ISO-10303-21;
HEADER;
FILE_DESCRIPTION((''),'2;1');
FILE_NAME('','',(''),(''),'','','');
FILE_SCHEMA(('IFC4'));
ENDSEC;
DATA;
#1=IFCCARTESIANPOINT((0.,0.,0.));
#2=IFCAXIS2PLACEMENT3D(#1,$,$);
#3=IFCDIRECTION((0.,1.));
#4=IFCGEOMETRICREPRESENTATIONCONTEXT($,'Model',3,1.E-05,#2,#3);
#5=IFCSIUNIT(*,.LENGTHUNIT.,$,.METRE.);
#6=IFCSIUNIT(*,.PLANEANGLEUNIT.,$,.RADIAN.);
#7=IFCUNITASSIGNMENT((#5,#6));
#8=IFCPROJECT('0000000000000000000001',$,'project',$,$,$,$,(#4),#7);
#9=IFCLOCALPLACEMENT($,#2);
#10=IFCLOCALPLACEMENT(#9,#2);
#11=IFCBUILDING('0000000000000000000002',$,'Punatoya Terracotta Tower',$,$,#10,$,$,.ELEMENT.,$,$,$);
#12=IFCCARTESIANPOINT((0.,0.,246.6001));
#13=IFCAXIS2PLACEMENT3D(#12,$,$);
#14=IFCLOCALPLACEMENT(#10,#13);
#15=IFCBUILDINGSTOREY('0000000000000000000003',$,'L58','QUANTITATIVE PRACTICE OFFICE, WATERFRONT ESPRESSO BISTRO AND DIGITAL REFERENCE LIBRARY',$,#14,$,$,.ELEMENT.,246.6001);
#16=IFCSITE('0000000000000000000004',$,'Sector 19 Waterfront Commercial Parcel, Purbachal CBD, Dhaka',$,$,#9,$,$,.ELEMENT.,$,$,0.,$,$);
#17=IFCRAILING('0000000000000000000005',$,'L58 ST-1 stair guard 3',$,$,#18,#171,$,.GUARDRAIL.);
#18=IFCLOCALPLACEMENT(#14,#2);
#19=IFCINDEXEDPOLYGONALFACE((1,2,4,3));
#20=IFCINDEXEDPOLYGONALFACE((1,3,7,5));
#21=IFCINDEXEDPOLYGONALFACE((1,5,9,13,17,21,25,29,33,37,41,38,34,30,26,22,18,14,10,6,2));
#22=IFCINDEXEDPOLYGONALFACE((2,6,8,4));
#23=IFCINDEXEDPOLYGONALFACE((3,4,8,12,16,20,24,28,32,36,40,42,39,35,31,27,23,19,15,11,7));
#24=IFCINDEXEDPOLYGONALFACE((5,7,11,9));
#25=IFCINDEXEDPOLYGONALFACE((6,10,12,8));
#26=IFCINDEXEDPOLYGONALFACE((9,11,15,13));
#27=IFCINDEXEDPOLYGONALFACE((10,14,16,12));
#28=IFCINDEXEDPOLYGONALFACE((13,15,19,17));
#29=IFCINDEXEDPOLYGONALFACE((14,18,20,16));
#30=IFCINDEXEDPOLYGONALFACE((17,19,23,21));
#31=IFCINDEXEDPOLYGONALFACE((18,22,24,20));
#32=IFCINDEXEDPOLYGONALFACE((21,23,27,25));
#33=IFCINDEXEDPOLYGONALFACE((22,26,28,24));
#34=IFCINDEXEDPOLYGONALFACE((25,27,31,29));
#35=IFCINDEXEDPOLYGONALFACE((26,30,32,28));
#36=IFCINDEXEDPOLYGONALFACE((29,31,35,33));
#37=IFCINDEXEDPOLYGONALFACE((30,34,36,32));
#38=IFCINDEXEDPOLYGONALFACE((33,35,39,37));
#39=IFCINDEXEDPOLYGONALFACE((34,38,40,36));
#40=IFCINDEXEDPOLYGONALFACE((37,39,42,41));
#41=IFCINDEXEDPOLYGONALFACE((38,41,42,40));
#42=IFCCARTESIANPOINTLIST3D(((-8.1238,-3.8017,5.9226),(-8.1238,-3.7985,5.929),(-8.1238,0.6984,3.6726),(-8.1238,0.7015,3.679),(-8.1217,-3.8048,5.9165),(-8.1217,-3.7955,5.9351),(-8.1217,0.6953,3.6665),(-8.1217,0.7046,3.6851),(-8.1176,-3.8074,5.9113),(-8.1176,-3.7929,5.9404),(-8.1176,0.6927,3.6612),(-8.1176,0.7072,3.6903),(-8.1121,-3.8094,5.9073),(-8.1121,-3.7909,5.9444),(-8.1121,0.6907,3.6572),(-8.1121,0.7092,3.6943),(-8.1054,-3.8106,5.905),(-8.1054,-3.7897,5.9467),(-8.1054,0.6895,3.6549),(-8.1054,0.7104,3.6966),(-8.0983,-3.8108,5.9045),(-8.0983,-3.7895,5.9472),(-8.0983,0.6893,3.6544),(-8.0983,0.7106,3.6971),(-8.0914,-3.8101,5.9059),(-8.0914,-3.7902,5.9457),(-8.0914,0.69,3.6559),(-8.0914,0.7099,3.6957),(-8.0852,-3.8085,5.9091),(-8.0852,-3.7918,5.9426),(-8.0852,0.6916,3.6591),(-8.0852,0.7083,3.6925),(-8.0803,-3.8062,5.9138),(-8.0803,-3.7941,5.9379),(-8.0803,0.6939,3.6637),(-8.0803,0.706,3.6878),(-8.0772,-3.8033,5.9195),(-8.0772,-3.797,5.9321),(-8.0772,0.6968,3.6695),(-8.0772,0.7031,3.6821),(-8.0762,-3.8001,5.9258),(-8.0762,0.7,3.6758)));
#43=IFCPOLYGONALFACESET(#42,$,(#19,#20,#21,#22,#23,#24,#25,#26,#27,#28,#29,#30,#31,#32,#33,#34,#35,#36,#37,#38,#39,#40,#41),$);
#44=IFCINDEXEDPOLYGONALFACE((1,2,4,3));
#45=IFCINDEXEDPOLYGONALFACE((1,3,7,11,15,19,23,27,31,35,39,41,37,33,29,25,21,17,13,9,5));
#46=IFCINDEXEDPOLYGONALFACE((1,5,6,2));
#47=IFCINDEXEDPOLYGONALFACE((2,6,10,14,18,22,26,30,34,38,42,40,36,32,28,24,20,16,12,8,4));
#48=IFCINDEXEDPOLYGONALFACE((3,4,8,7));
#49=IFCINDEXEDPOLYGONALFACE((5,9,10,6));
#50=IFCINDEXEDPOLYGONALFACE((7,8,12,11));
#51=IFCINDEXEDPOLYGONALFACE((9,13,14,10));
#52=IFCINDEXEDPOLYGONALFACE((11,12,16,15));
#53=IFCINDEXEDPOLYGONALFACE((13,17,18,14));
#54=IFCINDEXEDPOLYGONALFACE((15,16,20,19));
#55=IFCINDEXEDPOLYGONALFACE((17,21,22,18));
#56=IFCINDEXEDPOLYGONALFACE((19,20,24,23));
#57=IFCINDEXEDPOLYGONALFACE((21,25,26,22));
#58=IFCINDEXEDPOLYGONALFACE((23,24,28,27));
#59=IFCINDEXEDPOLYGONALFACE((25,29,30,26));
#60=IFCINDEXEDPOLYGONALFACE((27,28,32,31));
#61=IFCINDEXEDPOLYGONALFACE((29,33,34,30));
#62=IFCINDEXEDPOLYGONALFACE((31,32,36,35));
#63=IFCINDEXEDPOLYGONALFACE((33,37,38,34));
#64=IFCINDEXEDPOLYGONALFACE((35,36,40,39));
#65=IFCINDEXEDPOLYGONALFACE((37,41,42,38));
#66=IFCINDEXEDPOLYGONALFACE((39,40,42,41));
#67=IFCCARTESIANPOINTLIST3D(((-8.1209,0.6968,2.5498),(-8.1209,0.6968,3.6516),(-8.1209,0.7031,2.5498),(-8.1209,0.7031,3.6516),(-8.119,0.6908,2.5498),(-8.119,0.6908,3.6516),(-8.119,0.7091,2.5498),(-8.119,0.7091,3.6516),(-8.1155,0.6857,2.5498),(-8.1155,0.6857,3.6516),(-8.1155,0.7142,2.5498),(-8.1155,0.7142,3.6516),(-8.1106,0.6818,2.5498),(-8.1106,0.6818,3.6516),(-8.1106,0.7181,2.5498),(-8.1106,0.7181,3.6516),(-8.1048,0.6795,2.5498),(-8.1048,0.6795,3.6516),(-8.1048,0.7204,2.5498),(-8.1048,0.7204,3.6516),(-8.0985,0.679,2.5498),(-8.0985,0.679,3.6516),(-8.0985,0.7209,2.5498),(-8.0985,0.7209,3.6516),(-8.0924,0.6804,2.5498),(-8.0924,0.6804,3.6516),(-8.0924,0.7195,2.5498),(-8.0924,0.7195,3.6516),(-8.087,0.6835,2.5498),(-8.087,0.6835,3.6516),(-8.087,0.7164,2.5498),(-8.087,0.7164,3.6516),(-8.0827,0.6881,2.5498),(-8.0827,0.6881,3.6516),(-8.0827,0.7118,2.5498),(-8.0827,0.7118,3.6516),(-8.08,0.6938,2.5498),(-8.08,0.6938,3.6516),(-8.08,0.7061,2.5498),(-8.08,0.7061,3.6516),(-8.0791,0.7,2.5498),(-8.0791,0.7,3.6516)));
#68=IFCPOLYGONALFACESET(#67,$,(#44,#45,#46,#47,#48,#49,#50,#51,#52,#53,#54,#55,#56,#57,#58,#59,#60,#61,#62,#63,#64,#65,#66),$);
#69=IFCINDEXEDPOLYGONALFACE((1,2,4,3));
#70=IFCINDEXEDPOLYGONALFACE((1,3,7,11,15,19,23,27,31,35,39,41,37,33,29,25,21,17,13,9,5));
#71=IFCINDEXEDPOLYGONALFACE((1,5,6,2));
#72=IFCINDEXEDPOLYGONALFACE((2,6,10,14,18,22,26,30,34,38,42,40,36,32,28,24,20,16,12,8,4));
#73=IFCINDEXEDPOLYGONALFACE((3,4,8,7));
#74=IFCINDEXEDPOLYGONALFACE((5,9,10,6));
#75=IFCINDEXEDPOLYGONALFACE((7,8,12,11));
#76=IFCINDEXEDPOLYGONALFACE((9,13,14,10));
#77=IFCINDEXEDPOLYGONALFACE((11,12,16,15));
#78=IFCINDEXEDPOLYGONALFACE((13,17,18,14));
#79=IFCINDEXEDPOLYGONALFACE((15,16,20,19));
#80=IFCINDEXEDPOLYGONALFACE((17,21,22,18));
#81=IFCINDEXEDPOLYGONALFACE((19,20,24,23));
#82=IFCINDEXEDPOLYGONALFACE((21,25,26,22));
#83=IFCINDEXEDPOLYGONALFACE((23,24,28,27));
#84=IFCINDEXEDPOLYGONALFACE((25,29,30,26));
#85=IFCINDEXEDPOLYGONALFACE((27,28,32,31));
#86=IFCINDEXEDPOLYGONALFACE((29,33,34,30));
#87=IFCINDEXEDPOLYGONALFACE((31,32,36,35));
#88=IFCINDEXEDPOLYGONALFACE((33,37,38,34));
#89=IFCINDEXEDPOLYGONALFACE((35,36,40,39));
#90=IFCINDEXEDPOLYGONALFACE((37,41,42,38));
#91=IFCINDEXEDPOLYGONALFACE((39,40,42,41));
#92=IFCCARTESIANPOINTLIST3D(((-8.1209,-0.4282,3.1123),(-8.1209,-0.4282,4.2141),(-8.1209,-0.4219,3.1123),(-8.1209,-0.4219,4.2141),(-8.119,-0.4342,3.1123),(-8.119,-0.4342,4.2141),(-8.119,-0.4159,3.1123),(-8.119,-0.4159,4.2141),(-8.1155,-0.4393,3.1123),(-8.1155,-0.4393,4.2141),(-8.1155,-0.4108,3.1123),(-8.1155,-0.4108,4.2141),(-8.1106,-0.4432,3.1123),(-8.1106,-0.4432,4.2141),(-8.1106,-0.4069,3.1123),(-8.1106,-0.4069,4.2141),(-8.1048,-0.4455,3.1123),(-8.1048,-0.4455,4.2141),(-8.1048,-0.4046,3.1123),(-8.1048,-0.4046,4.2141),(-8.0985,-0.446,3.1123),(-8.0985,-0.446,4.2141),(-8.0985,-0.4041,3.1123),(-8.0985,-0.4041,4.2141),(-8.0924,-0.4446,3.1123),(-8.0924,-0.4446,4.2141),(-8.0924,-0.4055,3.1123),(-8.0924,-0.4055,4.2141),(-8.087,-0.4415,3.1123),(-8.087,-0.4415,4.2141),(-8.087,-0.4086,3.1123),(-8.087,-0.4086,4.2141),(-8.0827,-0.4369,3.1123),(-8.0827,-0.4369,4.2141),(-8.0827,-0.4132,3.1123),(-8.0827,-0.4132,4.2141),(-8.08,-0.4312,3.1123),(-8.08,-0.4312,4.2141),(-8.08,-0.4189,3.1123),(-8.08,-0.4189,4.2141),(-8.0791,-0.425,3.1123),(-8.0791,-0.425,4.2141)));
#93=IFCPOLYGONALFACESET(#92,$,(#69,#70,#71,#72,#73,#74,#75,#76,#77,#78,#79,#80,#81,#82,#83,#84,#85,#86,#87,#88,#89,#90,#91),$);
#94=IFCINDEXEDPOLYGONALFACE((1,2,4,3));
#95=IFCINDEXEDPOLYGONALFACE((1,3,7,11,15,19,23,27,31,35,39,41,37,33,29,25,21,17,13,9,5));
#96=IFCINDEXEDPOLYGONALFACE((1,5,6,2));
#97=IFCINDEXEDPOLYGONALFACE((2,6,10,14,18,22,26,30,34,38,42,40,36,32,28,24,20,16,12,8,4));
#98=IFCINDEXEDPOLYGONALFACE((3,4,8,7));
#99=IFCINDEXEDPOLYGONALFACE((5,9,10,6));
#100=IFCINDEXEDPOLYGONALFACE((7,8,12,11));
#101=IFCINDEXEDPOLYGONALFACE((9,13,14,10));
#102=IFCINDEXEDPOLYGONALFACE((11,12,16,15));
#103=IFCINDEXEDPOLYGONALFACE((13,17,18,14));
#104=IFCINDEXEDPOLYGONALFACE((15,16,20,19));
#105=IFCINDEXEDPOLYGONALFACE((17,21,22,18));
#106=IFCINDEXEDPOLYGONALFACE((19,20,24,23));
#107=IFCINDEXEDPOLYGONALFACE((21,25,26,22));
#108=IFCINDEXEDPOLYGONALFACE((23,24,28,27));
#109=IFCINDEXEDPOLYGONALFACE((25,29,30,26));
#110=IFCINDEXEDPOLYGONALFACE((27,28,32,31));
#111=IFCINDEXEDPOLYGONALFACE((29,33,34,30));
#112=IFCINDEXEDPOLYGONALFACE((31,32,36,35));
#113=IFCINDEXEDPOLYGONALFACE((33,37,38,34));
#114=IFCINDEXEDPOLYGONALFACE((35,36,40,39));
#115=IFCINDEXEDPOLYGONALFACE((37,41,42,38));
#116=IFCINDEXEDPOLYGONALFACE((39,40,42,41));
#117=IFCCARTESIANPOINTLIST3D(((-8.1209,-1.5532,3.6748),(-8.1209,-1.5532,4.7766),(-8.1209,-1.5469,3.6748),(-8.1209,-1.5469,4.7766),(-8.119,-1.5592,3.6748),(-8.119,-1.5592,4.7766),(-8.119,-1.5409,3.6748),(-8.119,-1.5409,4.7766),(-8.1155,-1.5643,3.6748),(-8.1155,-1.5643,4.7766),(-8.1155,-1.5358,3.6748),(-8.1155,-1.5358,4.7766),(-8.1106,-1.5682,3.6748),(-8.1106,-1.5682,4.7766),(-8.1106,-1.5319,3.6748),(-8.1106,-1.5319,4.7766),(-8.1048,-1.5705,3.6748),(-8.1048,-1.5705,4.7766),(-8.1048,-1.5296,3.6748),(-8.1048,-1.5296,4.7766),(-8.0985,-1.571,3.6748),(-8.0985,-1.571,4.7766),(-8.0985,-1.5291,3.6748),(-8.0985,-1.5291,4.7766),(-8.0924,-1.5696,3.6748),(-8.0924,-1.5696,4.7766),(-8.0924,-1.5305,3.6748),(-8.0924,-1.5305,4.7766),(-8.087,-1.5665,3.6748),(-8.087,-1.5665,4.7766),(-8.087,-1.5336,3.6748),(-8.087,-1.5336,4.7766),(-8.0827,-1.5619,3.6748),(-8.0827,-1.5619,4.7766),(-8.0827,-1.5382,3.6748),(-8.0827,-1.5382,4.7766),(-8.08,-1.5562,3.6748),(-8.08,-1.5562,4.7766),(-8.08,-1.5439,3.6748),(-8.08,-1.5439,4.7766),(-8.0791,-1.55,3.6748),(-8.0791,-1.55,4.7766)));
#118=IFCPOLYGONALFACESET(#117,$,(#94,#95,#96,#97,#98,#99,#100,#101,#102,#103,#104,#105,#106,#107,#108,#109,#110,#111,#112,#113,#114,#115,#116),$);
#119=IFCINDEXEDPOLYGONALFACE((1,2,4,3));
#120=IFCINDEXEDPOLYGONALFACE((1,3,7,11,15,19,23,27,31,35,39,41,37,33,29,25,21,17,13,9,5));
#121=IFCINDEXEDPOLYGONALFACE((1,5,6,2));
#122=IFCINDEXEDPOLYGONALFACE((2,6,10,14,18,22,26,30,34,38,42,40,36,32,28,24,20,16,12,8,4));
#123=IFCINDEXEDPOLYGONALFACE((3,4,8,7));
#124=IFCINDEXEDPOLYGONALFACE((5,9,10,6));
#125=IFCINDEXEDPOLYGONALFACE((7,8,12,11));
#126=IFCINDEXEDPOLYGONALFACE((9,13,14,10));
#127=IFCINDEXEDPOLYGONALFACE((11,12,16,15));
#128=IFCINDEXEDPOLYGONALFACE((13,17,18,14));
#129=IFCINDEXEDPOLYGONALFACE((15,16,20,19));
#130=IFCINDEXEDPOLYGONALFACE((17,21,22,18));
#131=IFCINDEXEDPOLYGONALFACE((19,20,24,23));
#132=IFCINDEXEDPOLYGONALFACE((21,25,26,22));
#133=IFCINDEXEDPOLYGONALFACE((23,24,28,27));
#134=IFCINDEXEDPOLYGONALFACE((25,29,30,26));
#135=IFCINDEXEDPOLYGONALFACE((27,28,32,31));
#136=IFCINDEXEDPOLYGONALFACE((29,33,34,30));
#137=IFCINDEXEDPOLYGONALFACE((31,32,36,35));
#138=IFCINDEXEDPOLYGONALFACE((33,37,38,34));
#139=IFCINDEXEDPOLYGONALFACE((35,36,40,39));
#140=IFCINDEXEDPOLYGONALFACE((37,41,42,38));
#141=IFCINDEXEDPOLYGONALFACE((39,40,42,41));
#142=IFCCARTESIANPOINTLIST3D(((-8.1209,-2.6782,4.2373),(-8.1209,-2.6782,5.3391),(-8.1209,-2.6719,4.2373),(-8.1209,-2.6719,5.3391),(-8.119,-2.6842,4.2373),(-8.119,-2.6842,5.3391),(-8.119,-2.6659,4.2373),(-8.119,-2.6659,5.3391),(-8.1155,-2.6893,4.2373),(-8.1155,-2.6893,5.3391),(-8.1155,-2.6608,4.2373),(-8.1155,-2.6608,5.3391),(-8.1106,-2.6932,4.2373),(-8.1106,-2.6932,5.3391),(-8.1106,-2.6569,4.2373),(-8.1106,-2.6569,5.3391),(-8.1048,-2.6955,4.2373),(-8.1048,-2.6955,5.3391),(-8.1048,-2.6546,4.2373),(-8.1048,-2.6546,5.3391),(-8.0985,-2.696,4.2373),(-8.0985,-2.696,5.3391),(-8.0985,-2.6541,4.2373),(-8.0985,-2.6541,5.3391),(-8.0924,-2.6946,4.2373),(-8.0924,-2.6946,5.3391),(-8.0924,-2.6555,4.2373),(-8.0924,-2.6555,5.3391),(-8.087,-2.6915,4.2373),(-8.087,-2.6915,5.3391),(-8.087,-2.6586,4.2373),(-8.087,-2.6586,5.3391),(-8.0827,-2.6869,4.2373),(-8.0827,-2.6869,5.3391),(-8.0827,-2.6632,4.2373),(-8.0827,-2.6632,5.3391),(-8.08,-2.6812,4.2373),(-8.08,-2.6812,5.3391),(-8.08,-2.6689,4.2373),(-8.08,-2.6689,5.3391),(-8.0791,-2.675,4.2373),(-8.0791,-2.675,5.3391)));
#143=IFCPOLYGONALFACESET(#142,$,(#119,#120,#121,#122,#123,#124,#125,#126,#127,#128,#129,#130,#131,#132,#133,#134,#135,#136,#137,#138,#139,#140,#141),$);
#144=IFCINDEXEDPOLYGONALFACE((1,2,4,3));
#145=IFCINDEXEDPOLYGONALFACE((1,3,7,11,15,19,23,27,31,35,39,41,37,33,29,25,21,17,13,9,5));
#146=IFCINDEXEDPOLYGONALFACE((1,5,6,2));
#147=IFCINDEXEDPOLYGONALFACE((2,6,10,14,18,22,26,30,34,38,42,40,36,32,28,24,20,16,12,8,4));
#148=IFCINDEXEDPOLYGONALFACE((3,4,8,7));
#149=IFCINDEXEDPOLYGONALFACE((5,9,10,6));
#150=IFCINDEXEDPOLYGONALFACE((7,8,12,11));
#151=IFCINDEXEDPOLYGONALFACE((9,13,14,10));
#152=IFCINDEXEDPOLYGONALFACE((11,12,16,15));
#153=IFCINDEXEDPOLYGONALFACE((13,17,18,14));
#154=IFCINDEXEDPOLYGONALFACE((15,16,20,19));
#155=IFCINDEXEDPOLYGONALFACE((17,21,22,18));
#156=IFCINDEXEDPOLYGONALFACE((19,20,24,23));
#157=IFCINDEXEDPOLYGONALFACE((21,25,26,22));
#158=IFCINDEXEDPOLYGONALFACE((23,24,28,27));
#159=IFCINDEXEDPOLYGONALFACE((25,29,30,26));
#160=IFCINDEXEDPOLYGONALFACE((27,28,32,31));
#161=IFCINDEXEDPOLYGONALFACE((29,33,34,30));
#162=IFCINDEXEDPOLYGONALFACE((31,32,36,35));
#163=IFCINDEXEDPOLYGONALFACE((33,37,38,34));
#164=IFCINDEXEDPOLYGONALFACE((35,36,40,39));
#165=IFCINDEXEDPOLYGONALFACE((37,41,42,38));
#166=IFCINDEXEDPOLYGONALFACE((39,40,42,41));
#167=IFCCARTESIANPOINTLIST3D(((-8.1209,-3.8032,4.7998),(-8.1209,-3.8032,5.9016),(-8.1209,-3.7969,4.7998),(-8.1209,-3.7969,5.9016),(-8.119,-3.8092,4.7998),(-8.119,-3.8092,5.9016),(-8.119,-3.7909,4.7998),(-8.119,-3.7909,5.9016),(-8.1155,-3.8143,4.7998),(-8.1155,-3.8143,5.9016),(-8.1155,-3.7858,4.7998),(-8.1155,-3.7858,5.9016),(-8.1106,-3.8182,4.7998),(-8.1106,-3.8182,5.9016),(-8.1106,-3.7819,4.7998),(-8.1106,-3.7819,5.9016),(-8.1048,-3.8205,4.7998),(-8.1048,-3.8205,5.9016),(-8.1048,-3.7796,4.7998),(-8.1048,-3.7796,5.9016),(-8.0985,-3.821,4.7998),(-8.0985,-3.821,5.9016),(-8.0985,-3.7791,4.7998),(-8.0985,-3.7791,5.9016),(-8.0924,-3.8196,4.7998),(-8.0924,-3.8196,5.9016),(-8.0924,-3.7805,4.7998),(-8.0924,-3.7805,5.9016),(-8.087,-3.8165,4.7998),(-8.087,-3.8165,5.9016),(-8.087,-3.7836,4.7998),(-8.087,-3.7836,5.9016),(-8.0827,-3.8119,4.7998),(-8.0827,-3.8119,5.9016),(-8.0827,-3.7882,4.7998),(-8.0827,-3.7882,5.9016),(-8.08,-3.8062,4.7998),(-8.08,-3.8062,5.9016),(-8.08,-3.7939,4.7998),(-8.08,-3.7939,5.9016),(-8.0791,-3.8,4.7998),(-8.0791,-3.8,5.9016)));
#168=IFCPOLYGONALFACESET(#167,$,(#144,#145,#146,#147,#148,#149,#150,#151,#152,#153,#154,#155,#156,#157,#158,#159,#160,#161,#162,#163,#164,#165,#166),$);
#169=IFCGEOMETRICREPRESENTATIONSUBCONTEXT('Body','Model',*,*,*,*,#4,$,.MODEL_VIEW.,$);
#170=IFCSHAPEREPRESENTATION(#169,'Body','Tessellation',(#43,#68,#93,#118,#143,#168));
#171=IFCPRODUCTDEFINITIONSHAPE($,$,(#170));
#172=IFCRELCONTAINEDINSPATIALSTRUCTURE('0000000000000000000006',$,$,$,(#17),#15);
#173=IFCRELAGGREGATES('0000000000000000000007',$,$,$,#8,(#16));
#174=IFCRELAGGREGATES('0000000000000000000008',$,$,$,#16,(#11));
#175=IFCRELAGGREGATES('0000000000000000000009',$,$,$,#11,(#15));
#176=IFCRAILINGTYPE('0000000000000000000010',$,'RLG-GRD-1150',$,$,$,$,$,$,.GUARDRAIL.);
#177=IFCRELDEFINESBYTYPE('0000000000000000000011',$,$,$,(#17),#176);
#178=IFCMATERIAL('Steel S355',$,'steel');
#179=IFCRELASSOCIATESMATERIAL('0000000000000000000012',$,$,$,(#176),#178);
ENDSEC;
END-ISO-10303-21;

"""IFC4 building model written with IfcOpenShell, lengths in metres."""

from ifc_helpers import new_model, si_unit, direction, frame, origin, origin_2d, place, context, subcontext, project, spatial, circle, extrude, material, type_object, element, save


model = new_model("IFC4")

# Units and contexts
model_context = context("Model", 3, precision=1e-05, world=origin(), true_north=direction((0.0, 1.0)))
body_context = subcontext(model_context, "Body", "Model", "MODEL_VIEW")
ifc_project = project(units=[si_unit("LENGTHUNIT", "METRE"), si_unit("PLANEANGLEUNIT", "RADIAN")], contexts=[model_context])

# Site, building, storey
site_placement = place(None, origin())
site = spatial("IfcSite", under=ifc_project, at=site_placement, Name="Sector 19 Waterfront Commercial Parcel, Purbachal CBD, Dhaka", CompositionType="ELEMENT", RefElevation=0.0)
building_placement = place(site_placement, origin())
building = spatial("IfcBuilding", under=site, at=building_placement, Name="Punatoya Terracotta Tower", CompositionType="ELEMENT")
storey_placement = place(building_placement, frame((0.0, 0.0, 246.6001)))
storey = spatial("IfcBuildingStorey", under=building, at=storey_placement, Name="L58", Description="QUANTITATIVE PRACTICE OFFICE, WATERFRONT ESPRESSO BISTRO AND DIGITAL REFERENCE LIBRARY", CompositionType="ELEMENT", Elevation=246.6001)

# Railing
ifc_material_1 = material(Name="Steel S355", Category="steel")
railing_type_1 = type_object("IfcRailingType", Name="RLG-GRD-1150", PredefinedType="GUARDRAIL", material=ifc_material_1)
railing_1_placement = place(storey_placement, frame((-8.1001, 0.7, 2.5498)))
element("IfcRailing", 1, at=railing_1_placement, inside=storey, type_object=railing_type_1, Name="L58 ST-1 stair guard 3", PredefinedType="GUARDRAIL", context=body_context, shape_type="SweptSolid", body=[
    extrude(circle(Radius=0.0239, at=origin_2d()), frame((0.0, 0.0, 1.126), z_axis=(0.0, -0.894427, 0.447214), x_axis=(1.0, 0.0, 0.0)), (0.0, 0.0, 1.0), 5.0312),
    extrude(circle(Radius=0.021, at=origin_2d()), origin(), (0.0, 0.0, 1.0), 1.1018),
    extrude(circle(Radius=0.021, at=origin_2d()), frame((0.0, -1.125, 0.5625)), (0.0, 0.0, 1.0), 1.1018),
    extrude(circle(Radius=0.021, at=origin_2d()), frame((0.0, -2.25, 1.125)), (0.0, 0.0, 1.0), 1.1018),
    extrude(circle(Radius=0.021, at=origin_2d()), frame((0.0, -3.375, 1.6875)), (0.0, 0.0, 1.0), 1.1018),
    extrude(circle(Radius=0.021, at=origin_2d()), frame((0.0, -4.5, 2.25)), (0.0, 0.0, 1.0), 1.1018),
])

save(model, "model.ifc")
